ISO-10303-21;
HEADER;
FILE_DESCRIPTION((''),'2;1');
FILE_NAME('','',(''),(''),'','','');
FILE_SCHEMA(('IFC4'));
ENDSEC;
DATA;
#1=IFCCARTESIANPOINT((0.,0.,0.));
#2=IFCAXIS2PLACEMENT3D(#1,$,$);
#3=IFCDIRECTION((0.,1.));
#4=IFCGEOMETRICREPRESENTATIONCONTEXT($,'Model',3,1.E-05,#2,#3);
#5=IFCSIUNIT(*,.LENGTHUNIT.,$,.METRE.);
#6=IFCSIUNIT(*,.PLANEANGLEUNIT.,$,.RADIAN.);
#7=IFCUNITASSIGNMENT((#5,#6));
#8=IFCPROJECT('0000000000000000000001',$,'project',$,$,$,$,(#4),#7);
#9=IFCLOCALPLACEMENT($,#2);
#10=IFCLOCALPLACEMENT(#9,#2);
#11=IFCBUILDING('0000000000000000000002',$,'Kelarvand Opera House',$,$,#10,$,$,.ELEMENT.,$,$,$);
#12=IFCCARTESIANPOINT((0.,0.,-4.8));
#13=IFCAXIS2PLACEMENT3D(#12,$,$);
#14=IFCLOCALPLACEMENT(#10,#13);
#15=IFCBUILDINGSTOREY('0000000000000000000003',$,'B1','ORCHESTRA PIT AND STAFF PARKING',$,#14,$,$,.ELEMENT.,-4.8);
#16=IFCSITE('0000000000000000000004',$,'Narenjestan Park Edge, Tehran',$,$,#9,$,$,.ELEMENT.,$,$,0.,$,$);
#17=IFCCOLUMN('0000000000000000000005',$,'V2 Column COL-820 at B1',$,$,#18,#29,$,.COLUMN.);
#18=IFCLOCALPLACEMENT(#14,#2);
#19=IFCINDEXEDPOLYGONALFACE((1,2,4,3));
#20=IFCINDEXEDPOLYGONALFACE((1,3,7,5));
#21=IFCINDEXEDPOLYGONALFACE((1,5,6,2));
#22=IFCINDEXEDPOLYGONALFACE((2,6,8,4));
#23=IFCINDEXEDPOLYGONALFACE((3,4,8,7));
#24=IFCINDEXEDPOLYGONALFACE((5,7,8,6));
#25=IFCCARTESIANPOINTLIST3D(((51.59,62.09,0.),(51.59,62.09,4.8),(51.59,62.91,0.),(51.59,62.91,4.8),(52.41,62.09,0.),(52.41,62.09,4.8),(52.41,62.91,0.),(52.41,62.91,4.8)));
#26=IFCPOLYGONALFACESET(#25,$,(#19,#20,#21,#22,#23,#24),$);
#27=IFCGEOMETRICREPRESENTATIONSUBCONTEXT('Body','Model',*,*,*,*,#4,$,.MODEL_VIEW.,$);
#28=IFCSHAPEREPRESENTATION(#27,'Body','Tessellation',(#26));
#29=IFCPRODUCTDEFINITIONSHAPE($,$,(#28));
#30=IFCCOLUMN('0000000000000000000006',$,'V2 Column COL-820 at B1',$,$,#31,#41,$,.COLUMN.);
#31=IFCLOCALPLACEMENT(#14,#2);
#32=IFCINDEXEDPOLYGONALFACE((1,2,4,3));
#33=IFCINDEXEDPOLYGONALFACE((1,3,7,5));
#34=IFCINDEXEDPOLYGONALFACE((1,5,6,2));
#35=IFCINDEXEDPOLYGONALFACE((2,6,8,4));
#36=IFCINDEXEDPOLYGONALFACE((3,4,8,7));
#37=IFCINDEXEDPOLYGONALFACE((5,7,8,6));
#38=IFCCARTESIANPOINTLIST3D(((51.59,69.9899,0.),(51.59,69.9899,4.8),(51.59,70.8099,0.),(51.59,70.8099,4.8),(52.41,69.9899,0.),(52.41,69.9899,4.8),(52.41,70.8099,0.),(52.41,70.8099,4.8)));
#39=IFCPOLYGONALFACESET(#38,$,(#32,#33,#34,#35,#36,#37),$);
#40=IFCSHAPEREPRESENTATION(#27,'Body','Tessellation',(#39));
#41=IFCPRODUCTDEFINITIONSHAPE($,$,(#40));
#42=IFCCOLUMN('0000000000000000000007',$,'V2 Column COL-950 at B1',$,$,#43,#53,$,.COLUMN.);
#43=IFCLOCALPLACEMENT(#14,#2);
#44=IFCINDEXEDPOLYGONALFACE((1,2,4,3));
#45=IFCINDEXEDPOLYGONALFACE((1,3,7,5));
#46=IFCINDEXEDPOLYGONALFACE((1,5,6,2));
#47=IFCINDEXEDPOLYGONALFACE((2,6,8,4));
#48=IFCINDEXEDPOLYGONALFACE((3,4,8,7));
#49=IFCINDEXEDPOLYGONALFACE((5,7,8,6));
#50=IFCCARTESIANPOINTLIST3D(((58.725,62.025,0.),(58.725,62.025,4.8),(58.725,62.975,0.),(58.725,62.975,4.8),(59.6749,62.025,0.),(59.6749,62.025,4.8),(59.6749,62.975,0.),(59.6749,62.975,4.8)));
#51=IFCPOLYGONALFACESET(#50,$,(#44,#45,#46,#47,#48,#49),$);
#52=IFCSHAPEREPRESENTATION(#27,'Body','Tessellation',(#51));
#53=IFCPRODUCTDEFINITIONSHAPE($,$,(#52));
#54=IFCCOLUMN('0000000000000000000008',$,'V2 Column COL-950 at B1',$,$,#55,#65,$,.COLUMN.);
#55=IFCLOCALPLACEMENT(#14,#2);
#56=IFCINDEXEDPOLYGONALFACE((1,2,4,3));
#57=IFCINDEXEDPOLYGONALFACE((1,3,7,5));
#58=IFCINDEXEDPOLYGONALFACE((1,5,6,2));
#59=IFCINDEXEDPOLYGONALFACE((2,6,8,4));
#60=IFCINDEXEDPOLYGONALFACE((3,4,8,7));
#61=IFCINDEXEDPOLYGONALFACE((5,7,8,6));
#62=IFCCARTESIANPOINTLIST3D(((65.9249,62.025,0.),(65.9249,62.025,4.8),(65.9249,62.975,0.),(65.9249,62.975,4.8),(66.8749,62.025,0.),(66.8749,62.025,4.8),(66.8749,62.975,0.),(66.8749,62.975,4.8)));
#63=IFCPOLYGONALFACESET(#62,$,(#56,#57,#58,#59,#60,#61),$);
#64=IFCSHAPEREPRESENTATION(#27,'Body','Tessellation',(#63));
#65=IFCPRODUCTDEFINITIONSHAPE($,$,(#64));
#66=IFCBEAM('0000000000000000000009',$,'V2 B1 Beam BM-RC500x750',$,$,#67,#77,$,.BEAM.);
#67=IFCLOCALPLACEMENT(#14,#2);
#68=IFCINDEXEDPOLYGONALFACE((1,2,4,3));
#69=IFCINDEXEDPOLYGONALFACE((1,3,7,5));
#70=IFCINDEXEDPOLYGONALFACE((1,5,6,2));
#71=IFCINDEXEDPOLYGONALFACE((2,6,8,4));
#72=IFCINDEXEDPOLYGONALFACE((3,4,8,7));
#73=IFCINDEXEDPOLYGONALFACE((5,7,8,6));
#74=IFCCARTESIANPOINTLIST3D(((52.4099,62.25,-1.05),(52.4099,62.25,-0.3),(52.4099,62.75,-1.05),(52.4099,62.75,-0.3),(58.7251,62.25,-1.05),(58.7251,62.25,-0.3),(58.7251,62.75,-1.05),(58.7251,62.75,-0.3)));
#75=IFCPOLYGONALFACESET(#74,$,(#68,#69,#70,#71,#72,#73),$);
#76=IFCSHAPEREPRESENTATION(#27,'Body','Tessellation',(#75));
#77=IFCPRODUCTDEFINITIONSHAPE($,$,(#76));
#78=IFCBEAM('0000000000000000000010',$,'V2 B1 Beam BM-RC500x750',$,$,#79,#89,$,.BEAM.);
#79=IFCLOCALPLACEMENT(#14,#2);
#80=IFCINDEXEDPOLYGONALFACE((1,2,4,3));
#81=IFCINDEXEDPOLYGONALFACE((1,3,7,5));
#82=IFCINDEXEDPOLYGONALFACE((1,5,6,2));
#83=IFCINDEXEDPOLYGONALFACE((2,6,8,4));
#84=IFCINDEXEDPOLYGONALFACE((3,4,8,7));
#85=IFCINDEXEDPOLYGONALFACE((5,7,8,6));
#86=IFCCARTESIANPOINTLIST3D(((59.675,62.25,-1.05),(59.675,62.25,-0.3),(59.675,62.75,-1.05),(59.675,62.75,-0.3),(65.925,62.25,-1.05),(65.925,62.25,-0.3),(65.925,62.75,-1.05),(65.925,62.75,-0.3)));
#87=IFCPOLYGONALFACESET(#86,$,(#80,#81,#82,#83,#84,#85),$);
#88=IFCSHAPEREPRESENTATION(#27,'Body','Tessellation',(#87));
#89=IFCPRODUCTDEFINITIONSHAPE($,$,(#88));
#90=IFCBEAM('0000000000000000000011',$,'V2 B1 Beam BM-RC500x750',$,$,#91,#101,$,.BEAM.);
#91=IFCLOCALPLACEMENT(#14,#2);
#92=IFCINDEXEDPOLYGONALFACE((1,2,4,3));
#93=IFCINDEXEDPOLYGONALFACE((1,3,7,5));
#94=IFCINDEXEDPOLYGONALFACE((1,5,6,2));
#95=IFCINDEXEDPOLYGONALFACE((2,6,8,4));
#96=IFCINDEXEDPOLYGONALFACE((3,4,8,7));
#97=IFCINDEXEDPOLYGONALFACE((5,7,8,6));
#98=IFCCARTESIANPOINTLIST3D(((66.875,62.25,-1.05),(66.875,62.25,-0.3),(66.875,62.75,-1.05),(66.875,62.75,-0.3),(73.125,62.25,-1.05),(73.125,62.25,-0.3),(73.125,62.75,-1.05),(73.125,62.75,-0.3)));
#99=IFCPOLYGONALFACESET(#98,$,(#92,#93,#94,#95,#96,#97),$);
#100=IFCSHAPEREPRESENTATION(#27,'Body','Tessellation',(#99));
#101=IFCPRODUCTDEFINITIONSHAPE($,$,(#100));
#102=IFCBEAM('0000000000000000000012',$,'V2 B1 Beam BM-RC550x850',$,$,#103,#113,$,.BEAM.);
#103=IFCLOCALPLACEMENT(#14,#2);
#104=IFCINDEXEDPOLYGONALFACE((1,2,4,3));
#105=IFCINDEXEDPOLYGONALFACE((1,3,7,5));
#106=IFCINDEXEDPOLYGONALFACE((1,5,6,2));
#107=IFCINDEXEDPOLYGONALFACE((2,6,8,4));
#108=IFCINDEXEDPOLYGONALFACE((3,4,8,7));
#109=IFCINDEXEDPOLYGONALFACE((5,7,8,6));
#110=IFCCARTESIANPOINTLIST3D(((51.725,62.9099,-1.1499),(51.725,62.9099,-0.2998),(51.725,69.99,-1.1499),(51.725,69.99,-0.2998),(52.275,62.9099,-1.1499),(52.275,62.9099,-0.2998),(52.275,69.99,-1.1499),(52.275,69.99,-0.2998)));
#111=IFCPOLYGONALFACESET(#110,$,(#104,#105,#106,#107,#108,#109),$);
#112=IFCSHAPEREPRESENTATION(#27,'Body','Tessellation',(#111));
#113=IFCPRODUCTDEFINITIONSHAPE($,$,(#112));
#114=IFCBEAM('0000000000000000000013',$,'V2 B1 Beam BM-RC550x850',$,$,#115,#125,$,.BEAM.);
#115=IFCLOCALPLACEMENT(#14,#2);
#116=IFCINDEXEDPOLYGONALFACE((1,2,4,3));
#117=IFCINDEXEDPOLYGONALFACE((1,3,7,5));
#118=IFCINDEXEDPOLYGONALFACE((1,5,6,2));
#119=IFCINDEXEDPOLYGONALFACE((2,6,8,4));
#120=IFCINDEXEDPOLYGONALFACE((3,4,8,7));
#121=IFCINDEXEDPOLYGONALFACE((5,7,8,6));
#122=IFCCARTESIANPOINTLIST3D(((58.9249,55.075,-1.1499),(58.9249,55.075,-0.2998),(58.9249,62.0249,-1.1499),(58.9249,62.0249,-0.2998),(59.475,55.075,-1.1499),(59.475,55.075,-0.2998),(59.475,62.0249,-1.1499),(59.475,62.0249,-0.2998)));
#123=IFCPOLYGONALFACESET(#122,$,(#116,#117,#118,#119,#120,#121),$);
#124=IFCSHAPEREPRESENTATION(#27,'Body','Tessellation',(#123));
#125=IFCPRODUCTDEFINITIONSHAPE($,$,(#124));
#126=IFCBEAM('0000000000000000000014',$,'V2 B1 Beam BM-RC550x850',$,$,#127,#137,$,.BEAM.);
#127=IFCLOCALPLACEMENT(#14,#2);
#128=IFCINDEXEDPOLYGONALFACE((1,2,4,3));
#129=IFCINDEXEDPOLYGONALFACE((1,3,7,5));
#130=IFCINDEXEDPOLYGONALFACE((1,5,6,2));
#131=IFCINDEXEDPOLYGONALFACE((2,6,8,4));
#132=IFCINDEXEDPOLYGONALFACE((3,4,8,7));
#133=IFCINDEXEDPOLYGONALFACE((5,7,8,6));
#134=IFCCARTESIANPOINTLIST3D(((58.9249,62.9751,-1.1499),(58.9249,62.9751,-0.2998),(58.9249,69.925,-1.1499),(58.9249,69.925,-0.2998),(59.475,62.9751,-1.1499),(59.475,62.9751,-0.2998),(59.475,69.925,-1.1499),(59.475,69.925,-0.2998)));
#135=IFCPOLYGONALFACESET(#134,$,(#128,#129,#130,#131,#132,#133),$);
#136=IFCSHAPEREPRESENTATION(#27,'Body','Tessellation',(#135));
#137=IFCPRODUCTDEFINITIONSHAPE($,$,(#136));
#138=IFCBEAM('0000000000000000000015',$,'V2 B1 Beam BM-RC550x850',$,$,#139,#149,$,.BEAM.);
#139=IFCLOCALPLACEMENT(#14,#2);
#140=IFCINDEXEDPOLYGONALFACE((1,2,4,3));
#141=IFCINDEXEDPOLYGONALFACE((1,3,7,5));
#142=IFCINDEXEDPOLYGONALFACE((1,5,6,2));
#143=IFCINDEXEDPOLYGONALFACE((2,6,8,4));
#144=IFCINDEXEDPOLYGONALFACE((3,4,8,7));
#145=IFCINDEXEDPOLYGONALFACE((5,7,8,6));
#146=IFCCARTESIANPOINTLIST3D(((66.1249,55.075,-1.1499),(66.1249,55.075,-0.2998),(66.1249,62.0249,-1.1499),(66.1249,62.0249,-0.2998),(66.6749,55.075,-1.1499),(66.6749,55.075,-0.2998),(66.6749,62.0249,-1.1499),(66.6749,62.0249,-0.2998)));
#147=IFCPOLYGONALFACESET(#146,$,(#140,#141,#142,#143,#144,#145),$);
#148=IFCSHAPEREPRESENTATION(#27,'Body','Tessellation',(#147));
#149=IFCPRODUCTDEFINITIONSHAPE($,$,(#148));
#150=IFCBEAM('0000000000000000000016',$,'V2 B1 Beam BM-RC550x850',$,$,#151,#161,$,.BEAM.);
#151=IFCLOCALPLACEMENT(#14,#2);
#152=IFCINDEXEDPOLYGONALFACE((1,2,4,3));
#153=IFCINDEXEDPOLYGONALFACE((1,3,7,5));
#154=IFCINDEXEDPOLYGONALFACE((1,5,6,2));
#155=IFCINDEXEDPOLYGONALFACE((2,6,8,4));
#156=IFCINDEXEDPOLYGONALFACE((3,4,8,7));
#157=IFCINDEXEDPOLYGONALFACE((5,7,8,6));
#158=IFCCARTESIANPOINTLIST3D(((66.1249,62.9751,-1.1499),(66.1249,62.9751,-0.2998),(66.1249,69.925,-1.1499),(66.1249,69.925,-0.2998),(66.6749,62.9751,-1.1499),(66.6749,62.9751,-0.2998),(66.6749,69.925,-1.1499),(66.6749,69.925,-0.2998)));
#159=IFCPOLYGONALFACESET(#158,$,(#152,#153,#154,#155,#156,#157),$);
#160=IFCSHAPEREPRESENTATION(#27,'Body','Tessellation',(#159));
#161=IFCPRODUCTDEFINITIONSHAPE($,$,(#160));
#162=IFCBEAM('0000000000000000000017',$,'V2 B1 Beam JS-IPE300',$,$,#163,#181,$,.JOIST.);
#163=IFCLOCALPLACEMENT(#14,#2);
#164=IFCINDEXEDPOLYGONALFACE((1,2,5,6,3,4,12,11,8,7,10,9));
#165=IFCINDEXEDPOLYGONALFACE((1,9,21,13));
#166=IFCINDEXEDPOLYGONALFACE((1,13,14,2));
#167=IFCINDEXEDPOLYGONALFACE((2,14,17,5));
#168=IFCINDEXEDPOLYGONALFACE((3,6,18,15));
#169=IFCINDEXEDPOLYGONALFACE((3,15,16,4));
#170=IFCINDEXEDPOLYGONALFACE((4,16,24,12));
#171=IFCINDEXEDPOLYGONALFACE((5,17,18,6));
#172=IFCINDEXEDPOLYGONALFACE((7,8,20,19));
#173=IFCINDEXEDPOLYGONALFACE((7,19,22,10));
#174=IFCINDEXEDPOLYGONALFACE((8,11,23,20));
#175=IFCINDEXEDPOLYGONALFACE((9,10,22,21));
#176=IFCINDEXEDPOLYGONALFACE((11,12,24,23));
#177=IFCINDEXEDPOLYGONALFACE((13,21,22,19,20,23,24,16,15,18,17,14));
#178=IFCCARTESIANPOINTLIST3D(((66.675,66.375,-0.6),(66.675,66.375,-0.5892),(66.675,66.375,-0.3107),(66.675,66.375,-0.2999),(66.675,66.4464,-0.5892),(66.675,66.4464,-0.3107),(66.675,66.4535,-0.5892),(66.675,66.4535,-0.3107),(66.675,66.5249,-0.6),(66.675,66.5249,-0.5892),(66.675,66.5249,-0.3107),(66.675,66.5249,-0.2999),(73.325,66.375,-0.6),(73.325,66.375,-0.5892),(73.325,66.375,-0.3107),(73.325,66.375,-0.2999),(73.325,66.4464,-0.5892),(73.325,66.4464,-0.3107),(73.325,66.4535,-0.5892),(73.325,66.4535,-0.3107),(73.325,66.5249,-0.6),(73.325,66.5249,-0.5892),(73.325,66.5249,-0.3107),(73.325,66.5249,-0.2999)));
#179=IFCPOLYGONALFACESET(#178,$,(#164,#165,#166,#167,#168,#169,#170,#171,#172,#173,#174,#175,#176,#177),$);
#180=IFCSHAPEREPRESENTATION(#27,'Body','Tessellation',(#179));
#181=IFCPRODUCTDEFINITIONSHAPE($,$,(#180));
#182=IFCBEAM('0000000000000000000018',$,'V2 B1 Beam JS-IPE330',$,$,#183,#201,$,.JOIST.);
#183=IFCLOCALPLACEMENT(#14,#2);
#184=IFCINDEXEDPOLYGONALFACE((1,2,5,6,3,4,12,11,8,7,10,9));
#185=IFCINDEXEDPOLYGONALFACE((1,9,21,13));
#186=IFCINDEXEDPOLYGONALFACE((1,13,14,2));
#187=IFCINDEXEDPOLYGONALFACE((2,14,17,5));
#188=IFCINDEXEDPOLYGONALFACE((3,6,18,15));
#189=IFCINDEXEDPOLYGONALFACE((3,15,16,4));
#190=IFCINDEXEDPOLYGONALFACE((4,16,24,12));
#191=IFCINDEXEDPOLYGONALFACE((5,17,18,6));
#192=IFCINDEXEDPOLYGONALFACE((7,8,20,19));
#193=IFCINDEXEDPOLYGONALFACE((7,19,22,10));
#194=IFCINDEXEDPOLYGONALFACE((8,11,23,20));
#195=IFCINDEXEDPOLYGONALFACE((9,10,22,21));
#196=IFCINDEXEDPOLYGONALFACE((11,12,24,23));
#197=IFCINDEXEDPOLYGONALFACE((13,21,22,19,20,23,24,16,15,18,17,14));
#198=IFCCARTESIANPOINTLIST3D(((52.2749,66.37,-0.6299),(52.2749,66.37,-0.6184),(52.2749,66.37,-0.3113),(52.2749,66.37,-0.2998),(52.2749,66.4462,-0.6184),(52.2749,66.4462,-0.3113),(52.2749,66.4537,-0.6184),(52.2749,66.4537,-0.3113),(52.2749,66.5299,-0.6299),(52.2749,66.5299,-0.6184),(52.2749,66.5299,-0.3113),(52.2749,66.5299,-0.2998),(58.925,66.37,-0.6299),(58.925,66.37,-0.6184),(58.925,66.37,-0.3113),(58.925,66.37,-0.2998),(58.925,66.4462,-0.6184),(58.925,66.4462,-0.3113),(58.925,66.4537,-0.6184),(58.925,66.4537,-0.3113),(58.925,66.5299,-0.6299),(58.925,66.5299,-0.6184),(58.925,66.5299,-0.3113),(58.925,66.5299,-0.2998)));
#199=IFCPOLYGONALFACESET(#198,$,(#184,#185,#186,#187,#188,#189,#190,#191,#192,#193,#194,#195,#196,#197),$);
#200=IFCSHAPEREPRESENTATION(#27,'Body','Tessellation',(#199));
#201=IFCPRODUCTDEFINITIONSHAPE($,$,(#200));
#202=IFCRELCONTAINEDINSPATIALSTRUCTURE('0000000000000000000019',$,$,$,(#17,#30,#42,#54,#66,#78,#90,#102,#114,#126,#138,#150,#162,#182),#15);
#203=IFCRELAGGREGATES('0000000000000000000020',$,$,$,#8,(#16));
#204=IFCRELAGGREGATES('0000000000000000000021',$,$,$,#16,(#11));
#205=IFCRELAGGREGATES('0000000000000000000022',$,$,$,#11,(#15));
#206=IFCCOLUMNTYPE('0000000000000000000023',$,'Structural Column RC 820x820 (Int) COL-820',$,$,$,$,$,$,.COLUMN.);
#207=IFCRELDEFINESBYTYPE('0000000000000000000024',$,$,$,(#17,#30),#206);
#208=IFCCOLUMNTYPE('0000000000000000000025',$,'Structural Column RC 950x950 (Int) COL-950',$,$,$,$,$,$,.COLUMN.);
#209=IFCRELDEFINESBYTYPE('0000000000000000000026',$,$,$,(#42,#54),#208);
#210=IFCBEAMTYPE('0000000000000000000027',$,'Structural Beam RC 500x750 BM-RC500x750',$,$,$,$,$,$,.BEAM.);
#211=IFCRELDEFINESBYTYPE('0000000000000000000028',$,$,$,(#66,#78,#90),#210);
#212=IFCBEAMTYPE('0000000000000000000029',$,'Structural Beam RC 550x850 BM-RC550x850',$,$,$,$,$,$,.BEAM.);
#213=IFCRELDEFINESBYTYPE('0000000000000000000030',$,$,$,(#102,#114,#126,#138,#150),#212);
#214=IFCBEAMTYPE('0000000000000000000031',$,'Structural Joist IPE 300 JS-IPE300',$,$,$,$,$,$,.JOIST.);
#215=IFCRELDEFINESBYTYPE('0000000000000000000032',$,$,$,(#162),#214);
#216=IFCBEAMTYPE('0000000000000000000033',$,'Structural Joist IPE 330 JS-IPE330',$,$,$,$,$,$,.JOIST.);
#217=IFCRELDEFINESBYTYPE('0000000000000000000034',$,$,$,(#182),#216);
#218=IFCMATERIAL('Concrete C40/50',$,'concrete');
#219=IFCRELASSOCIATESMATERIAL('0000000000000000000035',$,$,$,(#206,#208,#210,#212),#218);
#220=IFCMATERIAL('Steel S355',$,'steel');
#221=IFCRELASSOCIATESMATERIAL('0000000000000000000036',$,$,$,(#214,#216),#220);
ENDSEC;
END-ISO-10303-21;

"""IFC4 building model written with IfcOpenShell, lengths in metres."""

from ifc_helpers import new_model, si_unit, direction, frame, origin, origin_2d, place, context, subcontext, project, spatial, rectangle, i_section, extrude, material, material_profile, profile_set, type_object, element, save


model = new_model("IFC4")

# Units and contexts
model_context = context("Model", 3, precision=1e-05, world=origin(), true_north=direction((0.0, 1.0)))
body_context = subcontext(model_context, "Body", "Model", "MODEL_VIEW")
ifc_project = project(units=[si_unit("LENGTHUNIT", "METRE"), si_unit("PLANEANGLEUNIT", "RADIAN")], contexts=[model_context])

# Site, building, storey
site_placement = place(None, origin())
site = spatial("IfcSite", under=ifc_project, at=site_placement, Name="Narenjestan Park Edge, Tehran", CompositionType="ELEMENT", RefElevation=0.0)
building_placement = place(site_placement, origin())
building = spatial("IfcBuilding", under=site, at=building_placement, Name="Kelarvand Opera House", CompositionType="ELEMENT")
storey_placement = place(building_placement, frame((0.0, 0.0, -4.8)))
storey = spatial("IfcBuildingStorey", under=building, at=storey_placement, Name="B1", Description="ORCHESTRA PIT AND STAFF PARKING", CompositionType="ELEMENT", Elevation=-4.8)

# Columns
ifc_material_1 = material(Name="Concrete C40/50", Category="concrete")
ifc_material_profile_1 = material_profile(ifc_material_1, rectangle(XDim=0.8201, YDim=0.8201, at=origin_2d()), Name="RC 820x820", Category="concrete")
ifc_profile_set_1 = profile_set([ifc_material_profile_1], Name="Concrete C40/50")
column_type_1 = type_object("IfcColumnType", Name="Structural Column RC 820x820 (Int) COL-820", PredefinedType="COLUMN", material=ifc_profile_set_1)
for number, where, z_axis, x_axis, name in (
    (1, (52.0, 62.5, 0.0), (0.0, 0.0, 1.0), (1.0, 0.0, 0.0), "V2 Column COL-820 at B1"),
    (2, (52.0, 70.3999, 0.0), (0.0, 0.0, 1.0), (1.0, 0.0, 0.0), "V2 Column COL-820 at B1"),
):
    element("IfcColumn", number, at=place(storey_placement, frame(where, z_axis=z_axis, x_axis=x_axis)), inside=storey, type_object=column_type_1, Name=name, PredefinedType="COLUMN", context=body_context, shape_type="SweptSolid", body=[
        extrude(rectangle(XDim=0.8201, YDim=0.8201, at=origin_2d()), origin(), (0.0, 0.0, 1.0), 4.8),
    ])
ifc_material_profile_2 = material_profile(ifc_material_1, rectangle(XDim=0.95, YDim=0.95, at=origin_2d()), Name="RC 950x950", Category="concrete")
ifc_profile_set_2 = profile_set([ifc_material_profile_2], Name="Concrete C40/50")
column_type_2 = type_object("IfcColumnType", Name="Structural Column RC 950x950 (Int) COL-950", PredefinedType="COLUMN", material=ifc_profile_set_2)
for number, where, z_axis, x_axis, name in (
    (3, (59.2, 62.5, 0.0), (0.0, 0.0, 1.0), (1.0, 0.0, 0.0), "V2 Column COL-950 at B1"),
    (4, (66.3999, 62.5, 0.0), (0.0, 0.0, 1.0), (1.0, 0.0, 0.0), "V2 Column COL-950 at B1"),
):
    element("IfcColumn", number, at=place(storey_placement, frame(where, z_axis=z_axis, x_axis=x_axis)), inside=storey, type_object=column_type_2, Name=name, PredefinedType="COLUMN", context=body_context, shape_type="SweptSolid", body=[
        extrude(rectangle(XDim=0.95, YDim=0.95, at=origin_2d()), origin(), (0.0, 0.0, 1.0), 4.8),
    ])

# Beams
ifc_material_profile_3 = material_profile(ifc_material_1, rectangle(XDim=0.5, YDim=0.75, at=origin_2d()), Name="RC 500x750", Category="concrete")
ifc_profile_set_3 = profile_set([ifc_material_profile_3], Name="Concrete C40/50")
beam_type_1 = type_object("IfcBeamType", Name="Structural Beam RC 500x750 BM-RC500x750", PredefinedType="BEAM", material=ifc_profile_set_3)
beam_1_placement = place(storey_placement, frame((52.4099, 62.5, -0.675), z_axis=(1.0, 0.0, 0.0), x_axis=(0.0, 1.0, 0.0)))
element("IfcBeam", 5, at=beam_1_placement, inside=storey, type_object=beam_type_1, Name="V2 B1 Beam BM-RC500x750", PredefinedType="BEAM", context=body_context, shape_type="SweptSolid", body=[
    extrude(rectangle(XDim=0.5, YDim=0.75, at=origin_2d()), origin(), (0.0, 0.0, 1.0), 6.3152),
])
for number, where, z_axis, x_axis, name in (
    (6, (59.675, 62.5, -0.675), (1.0, 0.0, 0.0), (0.0, 1.0, 0.0), "V2 B1 Beam BM-RC500x750"),
    (7, (66.875, 62.5, -0.675), (1.0, 0.0, 0.0), (0.0, 1.0, 0.0), "V2 B1 Beam BM-RC500x750"),
):
    element("IfcBeam", number, at=place(storey_placement, frame(where, z_axis=z_axis, x_axis=x_axis)), inside=storey, type_object=beam_type_1, Name=name, PredefinedType="BEAM", context=body_context, shape_type="SweptSolid", body=[
        extrude(rectangle(XDim=0.5, YDim=0.75, at=origin_2d()), origin(), (0.0, 0.0, 1.0), 6.25),
    ])
ifc_material_profile_4 = material_profile(ifc_material_1, rectangle(XDim=0.55, YDim=0.8501, at=origin_2d()), Name="RC 550x850", Category="concrete")
ifc_profile_set_4 = profile_set([ifc_material_profile_4], Name="Concrete C40/50")
beam_type_2 = type_object("IfcBeamType", Name="Structural Beam RC 550x850 BM-RC550x850", PredefinedType="BEAM", material=ifc_profile_set_4)
beam_2_placement = place(storey_placement, frame((52.0, 62.9099, -0.7249), z_axis=(0.0, 1.0, 0.0), x_axis=(-1.0, 0.0, 0.0)))
element("IfcBeam", 8, at=beam_2_placement, inside=storey, type_object=beam_type_2, Name="V2 B1 Beam BM-RC550x850", PredefinedType="BEAM", context=body_context, shape_type="SweptSolid", body=[
    extrude(rectangle(XDim=0.55, YDim=0.8501, at=origin_2d()), origin(), (0.0, 0.0, 1.0), 7.0801),
])
for number, where, z_axis, x_axis, name in (
    (9, (59.2, 55.075, -0.7249), (0.0, 1.0, 0.0), (-1.0, 0.0, 0.0), "V2 B1 Beam BM-RC550x850"),
    (10, (59.2, 62.9751, -0.7249), (0.0, 1.0, 0.0), (-1.0, 0.0, 0.0), "V2 B1 Beam BM-RC550x850"),
    (11, (66.3999, 55.075, -0.7249), (0.0, 1.0, 0.0), (-1.0, 0.0, 0.0), "V2 B1 Beam BM-RC550x850"),
    (12, (66.3999, 62.9751, -0.7249), (0.0, 1.0, 0.0), (-1.0, 0.0, 0.0), "V2 B1 Beam BM-RC550x850"),
):
    element("IfcBeam", number, at=place(storey_placement, frame(where, z_axis=z_axis, x_axis=x_axis)), inside=storey, type_object=beam_type_2, Name=name, PredefinedType="BEAM", context=body_context, shape_type="SweptSolid", body=[
        extrude(rectangle(XDim=0.55, YDim=0.8501, at=origin_2d()), origin(), (0.0, 0.0, 1.0), 6.95),
    ])
ifc_material_2 = material(Name="Steel S355", Category="steel")
ifc_material_profile_5 = material_profile(ifc_material_2, i_section(OverallWidth=0.1499, OverallDepth=0.3, WebThickness=0.0071, FlangeThickness=0.0107, at=origin_2d()), Name="IPE 300", Category="steel")
ifc_profile_set_5 = profile_set([ifc_material_profile_5], Name="Steel S355")
beam_type_3 = type_object("IfcBeamType", Name="Structural Joist IPE 300 JS-IPE300", PredefinedType="JOIST", material=ifc_profile_set_5)
beam_3_placement = place(storey_placement, frame((66.675, 66.45, -0.45), z_axis=(1.0, 0.0, 0.0), x_axis=(0.0, 1.0, 0.0)))
element("IfcBeam", 13, at=beam_3_placement, inside=storey, type_object=beam_type_3, Name="V2 B1 Beam JS-IPE300", PredefinedType="JOIST", context=body_context, shape_type="SweptSolid", body=[
    extrude(i_section(OverallWidth=0.1499, OverallDepth=0.3, WebThickness=0.0071, FlangeThickness=0.0107, at=origin_2d()), origin(), (0.0, 0.0, 1.0), 6.6499),
])
ifc_material_profile_6 = material_profile(ifc_material_2, i_section(OverallWidth=0.1599, OverallDepth=0.3301, WebThickness=0.0076, FlangeThickness=0.0115, at=origin_2d()), Name="IPE 330", Category="steel")
ifc_profile_set_6 = profile_set([ifc_material_profile_6], Name="Steel S355")
beam_type_4 = type_object("IfcBeamType", Name="Structural Joist IPE 330 JS-IPE330", PredefinedType="JOIST", material=ifc_profile_set_6)
beam_4_placement = place(storey_placement, frame((52.2749, 66.45, -0.4648), z_axis=(1.0, 0.0, 0.0), x_axis=(0.0, 1.0, 0.0)))
element("IfcBeam", 14, at=beam_4_placement, inside=storey, type_object=beam_type_4, Name="V2 B1 Beam JS-IPE330", PredefinedType="JOIST", context=body_context, shape_type="SweptSolid", body=[
    extrude(i_section(OverallWidth=0.1599, OverallDepth=0.3301, WebThickness=0.0076, FlangeThickness=0.0115, at=origin_2d()), origin(), (0.0, 0.0, 1.0), 6.6501),
])

save(model, "model.ifc")
